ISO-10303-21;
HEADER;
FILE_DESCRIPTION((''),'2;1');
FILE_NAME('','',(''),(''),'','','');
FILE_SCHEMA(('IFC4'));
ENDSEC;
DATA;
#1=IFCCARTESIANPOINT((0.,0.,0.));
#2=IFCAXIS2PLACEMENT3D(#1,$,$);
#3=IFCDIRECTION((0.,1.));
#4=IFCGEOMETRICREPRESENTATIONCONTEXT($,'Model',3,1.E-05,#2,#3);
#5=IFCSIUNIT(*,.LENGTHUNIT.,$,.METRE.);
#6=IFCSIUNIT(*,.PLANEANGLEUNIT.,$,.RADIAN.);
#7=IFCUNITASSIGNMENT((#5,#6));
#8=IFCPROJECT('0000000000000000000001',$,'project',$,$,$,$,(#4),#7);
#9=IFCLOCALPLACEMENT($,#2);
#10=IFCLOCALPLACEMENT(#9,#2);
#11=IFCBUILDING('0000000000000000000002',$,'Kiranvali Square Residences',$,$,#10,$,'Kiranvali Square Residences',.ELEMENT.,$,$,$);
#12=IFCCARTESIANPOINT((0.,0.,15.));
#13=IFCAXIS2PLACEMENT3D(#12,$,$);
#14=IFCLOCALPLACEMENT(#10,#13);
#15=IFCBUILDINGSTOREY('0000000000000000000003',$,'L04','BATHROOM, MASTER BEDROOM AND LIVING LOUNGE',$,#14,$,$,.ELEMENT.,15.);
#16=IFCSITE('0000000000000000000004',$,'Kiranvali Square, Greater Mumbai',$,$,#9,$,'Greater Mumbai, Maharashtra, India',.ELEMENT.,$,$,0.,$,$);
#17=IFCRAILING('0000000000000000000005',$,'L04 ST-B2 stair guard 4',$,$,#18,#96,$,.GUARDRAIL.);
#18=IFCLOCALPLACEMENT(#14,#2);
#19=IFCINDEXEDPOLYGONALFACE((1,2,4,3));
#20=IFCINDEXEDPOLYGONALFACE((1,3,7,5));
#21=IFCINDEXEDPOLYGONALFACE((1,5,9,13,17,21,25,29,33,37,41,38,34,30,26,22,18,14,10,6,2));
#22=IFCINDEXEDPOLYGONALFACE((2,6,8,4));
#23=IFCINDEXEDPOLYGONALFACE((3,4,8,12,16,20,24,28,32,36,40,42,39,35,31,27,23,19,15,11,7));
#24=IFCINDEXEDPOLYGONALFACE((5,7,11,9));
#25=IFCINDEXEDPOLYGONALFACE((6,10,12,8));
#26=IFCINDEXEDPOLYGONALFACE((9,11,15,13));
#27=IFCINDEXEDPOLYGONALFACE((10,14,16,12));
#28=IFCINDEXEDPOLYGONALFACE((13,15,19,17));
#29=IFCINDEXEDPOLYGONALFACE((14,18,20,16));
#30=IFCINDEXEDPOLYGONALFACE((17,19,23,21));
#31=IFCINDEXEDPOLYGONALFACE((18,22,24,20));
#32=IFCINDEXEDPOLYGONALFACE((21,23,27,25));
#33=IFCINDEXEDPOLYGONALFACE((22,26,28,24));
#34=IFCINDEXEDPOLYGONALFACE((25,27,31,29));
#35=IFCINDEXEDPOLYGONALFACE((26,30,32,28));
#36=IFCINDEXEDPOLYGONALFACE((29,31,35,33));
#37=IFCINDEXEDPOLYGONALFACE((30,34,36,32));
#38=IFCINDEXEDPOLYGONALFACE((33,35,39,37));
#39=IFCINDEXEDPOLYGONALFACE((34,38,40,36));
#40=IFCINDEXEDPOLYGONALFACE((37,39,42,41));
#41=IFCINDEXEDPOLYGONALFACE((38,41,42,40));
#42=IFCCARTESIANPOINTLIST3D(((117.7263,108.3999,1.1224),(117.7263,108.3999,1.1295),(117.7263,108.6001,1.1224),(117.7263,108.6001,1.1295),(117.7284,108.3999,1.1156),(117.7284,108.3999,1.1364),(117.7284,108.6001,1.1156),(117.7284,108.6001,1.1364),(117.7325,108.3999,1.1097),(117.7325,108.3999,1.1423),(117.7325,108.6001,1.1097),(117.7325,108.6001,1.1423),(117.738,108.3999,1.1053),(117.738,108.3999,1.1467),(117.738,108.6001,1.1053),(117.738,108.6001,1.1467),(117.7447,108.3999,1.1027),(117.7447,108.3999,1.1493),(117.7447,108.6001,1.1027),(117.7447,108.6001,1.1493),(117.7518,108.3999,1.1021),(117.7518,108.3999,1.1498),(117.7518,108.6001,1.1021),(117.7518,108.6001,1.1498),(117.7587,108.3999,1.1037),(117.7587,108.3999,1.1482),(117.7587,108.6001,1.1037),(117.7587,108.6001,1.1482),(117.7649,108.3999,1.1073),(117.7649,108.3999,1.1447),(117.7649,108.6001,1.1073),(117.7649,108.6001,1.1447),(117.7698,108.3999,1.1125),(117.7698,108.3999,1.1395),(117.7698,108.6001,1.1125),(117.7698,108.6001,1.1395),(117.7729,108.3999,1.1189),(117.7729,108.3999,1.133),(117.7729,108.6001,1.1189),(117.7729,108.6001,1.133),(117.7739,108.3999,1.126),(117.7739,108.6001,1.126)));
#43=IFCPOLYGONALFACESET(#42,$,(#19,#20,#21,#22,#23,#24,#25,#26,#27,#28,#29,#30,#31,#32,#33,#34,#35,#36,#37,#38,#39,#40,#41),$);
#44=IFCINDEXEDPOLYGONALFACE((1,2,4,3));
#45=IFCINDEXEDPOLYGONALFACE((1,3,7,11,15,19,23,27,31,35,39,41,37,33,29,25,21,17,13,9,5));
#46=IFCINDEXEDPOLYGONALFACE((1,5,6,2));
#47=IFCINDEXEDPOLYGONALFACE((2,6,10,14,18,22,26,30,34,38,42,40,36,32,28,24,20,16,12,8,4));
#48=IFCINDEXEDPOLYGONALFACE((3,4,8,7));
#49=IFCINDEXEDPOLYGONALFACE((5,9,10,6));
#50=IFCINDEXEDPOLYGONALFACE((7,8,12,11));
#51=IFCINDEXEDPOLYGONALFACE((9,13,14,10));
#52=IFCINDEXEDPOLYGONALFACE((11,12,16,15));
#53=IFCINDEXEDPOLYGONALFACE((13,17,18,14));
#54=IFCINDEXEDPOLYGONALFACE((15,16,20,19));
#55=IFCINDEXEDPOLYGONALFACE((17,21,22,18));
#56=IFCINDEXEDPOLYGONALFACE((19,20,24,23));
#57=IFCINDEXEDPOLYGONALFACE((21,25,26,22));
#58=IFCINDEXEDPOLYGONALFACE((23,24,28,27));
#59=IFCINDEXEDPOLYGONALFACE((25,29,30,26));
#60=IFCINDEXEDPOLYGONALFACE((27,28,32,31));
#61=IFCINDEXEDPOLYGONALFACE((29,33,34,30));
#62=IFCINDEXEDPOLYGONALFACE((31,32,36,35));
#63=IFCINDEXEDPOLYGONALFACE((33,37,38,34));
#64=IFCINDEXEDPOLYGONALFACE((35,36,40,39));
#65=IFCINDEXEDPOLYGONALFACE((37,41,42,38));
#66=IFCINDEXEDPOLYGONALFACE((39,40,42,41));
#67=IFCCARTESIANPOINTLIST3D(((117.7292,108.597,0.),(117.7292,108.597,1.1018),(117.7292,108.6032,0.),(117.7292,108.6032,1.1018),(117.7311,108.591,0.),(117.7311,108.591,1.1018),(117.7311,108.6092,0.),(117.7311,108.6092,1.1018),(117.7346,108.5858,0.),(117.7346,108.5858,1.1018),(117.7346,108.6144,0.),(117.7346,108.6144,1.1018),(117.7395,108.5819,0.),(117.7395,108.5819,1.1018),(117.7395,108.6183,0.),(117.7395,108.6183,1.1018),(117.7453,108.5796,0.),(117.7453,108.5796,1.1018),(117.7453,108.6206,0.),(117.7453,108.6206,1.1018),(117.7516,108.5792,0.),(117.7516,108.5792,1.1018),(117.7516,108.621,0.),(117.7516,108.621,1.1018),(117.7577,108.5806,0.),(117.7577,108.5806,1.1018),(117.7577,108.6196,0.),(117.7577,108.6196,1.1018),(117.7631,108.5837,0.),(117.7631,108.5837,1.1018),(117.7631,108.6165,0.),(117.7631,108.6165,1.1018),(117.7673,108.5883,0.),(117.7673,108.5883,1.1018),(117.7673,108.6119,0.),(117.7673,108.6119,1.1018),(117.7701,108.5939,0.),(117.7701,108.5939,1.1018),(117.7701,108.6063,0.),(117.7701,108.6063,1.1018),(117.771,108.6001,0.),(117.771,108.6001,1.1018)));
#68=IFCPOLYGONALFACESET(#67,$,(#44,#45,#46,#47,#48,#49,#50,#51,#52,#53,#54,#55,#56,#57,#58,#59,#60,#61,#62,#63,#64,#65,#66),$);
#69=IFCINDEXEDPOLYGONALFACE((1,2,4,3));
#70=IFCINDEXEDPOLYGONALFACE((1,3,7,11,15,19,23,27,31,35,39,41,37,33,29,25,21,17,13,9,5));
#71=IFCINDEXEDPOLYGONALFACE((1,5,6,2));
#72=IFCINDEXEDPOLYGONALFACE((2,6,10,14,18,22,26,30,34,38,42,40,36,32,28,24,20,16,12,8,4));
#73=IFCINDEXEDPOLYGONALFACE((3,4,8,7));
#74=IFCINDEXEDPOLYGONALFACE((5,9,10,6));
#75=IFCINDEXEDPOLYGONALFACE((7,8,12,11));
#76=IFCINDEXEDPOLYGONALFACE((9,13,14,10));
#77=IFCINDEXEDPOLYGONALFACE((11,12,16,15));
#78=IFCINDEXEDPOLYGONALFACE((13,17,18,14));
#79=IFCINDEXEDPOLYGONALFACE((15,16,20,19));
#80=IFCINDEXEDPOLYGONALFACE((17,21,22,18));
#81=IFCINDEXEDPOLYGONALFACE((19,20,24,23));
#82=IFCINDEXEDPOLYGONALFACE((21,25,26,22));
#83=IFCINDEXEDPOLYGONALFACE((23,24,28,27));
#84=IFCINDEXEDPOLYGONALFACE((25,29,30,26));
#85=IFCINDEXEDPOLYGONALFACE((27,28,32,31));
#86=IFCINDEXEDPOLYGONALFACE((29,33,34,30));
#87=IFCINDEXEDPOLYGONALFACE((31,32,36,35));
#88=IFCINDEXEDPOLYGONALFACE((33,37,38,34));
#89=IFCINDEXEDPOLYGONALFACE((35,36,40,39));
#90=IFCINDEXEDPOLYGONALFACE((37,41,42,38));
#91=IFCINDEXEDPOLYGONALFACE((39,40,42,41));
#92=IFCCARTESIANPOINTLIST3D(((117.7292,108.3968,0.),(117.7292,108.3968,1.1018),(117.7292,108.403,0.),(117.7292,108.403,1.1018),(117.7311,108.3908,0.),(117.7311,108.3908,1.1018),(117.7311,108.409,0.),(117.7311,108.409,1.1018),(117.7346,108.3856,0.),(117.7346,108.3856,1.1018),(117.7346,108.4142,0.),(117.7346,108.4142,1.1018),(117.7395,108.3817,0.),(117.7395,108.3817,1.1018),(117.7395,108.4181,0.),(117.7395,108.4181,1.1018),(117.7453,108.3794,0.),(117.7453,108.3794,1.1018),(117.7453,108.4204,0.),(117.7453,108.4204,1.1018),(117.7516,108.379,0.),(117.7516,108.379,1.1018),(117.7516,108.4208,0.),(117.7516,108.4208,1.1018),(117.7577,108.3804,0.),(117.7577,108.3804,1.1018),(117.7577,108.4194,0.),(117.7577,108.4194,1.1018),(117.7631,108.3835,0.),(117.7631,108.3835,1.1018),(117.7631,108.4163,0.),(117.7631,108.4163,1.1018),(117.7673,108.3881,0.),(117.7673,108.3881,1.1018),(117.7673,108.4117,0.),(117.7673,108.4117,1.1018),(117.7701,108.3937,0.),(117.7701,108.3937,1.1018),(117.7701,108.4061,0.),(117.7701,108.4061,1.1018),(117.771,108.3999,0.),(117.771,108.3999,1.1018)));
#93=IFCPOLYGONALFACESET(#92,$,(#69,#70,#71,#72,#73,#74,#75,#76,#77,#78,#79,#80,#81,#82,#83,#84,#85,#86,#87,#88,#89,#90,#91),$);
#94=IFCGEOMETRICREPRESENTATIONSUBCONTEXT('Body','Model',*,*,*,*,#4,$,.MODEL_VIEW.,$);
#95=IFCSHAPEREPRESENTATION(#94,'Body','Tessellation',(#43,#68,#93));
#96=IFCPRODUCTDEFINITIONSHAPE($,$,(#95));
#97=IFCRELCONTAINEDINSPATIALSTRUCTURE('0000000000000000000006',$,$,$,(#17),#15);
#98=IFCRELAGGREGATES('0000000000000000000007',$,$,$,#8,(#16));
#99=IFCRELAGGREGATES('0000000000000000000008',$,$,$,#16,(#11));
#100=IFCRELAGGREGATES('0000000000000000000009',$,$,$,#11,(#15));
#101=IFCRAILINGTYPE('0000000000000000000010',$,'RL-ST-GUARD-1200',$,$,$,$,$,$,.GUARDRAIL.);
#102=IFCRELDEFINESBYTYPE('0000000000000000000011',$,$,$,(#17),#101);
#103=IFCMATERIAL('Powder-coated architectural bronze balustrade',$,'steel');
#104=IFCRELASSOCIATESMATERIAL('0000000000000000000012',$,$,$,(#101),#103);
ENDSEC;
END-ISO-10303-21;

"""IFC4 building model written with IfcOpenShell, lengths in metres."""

from ifc_helpers import new_model, si_unit, direction, frame, origin, origin_2d, place, context, subcontext, project, spatial, circle, extrude, material, type_object, element, save


model = new_model("IFC4")

# Units and contexts
model_context = context("Model", 3, precision=1e-05, world=origin(), true_north=direction((0.0, 1.0)))
body_context = subcontext(model_context, "Body", "Model", "MODEL_VIEW")
ifc_project = project(units=[si_unit("LENGTHUNIT", "METRE"), si_unit("PLANEANGLEUNIT", "RADIAN")], contexts=[model_context])

# Site, building, storey
site_placement = place(None, origin())
site = spatial("IfcSite", under=ifc_project, at=site_placement, Name="Kiranvali Square, Greater Mumbai", LongName="Greater Mumbai, Maharashtra, India", CompositionType="ELEMENT", RefElevation=0.0)
building_placement = place(site_placement, origin())
building = spatial("IfcBuilding", under=site, at=building_placement, Name="Kiranvali Square Residences", LongName="Kiranvali Square Residences", CompositionType="ELEMENT")
storey_placement = place(building_placement, frame((0.0, 0.0, 15.0)))
storey = spatial("IfcBuildingStorey", under=building, at=storey_placement, Name="L04", Description="BATHROOM, MASTER BEDROOM AND LIVING LOUNGE", CompositionType="ELEMENT", Elevation=15.0)

# Railing
ifc_material_1 = material(Name="Powder-coated architectural bronze balustrade", Category="steel")
railing_type_1 = type_object("IfcRailingType", Name="RL-ST-GUARD-1200", PredefinedType="GUARDRAIL", material=ifc_material_1)
railing_1_placement = place(storey_placement, frame((117.75, 108.6001, 0.0)))
element("IfcRailing", 1, at=railing_1_placement, inside=storey, type_object=railing_type_1, Name="L04 ST-B2 stair guard 4", PredefinedType="GUARDRAIL", context=body_context, shape_type="SweptSolid", body=[
    extrude(circle(Radius=0.0239, at=origin_2d()), frame((0.0, 0.0, 1.126), z_axis=(0.0, -1.0, 0.0), x_axis=(1.0, 0.0, 0.0)), (0.0, 0.0, 1.0), 0.2002),
    extrude(circle(Radius=0.021, at=origin_2d()), origin(), (0.0, 0.0, 1.0), 1.1018),
    extrude(circle(Radius=0.021, at=origin_2d()), frame((0.0, -0.2002, 0.0)), (0.0, 0.0, 1.0), 1.1018),
])

save(model, "model.ifc")
